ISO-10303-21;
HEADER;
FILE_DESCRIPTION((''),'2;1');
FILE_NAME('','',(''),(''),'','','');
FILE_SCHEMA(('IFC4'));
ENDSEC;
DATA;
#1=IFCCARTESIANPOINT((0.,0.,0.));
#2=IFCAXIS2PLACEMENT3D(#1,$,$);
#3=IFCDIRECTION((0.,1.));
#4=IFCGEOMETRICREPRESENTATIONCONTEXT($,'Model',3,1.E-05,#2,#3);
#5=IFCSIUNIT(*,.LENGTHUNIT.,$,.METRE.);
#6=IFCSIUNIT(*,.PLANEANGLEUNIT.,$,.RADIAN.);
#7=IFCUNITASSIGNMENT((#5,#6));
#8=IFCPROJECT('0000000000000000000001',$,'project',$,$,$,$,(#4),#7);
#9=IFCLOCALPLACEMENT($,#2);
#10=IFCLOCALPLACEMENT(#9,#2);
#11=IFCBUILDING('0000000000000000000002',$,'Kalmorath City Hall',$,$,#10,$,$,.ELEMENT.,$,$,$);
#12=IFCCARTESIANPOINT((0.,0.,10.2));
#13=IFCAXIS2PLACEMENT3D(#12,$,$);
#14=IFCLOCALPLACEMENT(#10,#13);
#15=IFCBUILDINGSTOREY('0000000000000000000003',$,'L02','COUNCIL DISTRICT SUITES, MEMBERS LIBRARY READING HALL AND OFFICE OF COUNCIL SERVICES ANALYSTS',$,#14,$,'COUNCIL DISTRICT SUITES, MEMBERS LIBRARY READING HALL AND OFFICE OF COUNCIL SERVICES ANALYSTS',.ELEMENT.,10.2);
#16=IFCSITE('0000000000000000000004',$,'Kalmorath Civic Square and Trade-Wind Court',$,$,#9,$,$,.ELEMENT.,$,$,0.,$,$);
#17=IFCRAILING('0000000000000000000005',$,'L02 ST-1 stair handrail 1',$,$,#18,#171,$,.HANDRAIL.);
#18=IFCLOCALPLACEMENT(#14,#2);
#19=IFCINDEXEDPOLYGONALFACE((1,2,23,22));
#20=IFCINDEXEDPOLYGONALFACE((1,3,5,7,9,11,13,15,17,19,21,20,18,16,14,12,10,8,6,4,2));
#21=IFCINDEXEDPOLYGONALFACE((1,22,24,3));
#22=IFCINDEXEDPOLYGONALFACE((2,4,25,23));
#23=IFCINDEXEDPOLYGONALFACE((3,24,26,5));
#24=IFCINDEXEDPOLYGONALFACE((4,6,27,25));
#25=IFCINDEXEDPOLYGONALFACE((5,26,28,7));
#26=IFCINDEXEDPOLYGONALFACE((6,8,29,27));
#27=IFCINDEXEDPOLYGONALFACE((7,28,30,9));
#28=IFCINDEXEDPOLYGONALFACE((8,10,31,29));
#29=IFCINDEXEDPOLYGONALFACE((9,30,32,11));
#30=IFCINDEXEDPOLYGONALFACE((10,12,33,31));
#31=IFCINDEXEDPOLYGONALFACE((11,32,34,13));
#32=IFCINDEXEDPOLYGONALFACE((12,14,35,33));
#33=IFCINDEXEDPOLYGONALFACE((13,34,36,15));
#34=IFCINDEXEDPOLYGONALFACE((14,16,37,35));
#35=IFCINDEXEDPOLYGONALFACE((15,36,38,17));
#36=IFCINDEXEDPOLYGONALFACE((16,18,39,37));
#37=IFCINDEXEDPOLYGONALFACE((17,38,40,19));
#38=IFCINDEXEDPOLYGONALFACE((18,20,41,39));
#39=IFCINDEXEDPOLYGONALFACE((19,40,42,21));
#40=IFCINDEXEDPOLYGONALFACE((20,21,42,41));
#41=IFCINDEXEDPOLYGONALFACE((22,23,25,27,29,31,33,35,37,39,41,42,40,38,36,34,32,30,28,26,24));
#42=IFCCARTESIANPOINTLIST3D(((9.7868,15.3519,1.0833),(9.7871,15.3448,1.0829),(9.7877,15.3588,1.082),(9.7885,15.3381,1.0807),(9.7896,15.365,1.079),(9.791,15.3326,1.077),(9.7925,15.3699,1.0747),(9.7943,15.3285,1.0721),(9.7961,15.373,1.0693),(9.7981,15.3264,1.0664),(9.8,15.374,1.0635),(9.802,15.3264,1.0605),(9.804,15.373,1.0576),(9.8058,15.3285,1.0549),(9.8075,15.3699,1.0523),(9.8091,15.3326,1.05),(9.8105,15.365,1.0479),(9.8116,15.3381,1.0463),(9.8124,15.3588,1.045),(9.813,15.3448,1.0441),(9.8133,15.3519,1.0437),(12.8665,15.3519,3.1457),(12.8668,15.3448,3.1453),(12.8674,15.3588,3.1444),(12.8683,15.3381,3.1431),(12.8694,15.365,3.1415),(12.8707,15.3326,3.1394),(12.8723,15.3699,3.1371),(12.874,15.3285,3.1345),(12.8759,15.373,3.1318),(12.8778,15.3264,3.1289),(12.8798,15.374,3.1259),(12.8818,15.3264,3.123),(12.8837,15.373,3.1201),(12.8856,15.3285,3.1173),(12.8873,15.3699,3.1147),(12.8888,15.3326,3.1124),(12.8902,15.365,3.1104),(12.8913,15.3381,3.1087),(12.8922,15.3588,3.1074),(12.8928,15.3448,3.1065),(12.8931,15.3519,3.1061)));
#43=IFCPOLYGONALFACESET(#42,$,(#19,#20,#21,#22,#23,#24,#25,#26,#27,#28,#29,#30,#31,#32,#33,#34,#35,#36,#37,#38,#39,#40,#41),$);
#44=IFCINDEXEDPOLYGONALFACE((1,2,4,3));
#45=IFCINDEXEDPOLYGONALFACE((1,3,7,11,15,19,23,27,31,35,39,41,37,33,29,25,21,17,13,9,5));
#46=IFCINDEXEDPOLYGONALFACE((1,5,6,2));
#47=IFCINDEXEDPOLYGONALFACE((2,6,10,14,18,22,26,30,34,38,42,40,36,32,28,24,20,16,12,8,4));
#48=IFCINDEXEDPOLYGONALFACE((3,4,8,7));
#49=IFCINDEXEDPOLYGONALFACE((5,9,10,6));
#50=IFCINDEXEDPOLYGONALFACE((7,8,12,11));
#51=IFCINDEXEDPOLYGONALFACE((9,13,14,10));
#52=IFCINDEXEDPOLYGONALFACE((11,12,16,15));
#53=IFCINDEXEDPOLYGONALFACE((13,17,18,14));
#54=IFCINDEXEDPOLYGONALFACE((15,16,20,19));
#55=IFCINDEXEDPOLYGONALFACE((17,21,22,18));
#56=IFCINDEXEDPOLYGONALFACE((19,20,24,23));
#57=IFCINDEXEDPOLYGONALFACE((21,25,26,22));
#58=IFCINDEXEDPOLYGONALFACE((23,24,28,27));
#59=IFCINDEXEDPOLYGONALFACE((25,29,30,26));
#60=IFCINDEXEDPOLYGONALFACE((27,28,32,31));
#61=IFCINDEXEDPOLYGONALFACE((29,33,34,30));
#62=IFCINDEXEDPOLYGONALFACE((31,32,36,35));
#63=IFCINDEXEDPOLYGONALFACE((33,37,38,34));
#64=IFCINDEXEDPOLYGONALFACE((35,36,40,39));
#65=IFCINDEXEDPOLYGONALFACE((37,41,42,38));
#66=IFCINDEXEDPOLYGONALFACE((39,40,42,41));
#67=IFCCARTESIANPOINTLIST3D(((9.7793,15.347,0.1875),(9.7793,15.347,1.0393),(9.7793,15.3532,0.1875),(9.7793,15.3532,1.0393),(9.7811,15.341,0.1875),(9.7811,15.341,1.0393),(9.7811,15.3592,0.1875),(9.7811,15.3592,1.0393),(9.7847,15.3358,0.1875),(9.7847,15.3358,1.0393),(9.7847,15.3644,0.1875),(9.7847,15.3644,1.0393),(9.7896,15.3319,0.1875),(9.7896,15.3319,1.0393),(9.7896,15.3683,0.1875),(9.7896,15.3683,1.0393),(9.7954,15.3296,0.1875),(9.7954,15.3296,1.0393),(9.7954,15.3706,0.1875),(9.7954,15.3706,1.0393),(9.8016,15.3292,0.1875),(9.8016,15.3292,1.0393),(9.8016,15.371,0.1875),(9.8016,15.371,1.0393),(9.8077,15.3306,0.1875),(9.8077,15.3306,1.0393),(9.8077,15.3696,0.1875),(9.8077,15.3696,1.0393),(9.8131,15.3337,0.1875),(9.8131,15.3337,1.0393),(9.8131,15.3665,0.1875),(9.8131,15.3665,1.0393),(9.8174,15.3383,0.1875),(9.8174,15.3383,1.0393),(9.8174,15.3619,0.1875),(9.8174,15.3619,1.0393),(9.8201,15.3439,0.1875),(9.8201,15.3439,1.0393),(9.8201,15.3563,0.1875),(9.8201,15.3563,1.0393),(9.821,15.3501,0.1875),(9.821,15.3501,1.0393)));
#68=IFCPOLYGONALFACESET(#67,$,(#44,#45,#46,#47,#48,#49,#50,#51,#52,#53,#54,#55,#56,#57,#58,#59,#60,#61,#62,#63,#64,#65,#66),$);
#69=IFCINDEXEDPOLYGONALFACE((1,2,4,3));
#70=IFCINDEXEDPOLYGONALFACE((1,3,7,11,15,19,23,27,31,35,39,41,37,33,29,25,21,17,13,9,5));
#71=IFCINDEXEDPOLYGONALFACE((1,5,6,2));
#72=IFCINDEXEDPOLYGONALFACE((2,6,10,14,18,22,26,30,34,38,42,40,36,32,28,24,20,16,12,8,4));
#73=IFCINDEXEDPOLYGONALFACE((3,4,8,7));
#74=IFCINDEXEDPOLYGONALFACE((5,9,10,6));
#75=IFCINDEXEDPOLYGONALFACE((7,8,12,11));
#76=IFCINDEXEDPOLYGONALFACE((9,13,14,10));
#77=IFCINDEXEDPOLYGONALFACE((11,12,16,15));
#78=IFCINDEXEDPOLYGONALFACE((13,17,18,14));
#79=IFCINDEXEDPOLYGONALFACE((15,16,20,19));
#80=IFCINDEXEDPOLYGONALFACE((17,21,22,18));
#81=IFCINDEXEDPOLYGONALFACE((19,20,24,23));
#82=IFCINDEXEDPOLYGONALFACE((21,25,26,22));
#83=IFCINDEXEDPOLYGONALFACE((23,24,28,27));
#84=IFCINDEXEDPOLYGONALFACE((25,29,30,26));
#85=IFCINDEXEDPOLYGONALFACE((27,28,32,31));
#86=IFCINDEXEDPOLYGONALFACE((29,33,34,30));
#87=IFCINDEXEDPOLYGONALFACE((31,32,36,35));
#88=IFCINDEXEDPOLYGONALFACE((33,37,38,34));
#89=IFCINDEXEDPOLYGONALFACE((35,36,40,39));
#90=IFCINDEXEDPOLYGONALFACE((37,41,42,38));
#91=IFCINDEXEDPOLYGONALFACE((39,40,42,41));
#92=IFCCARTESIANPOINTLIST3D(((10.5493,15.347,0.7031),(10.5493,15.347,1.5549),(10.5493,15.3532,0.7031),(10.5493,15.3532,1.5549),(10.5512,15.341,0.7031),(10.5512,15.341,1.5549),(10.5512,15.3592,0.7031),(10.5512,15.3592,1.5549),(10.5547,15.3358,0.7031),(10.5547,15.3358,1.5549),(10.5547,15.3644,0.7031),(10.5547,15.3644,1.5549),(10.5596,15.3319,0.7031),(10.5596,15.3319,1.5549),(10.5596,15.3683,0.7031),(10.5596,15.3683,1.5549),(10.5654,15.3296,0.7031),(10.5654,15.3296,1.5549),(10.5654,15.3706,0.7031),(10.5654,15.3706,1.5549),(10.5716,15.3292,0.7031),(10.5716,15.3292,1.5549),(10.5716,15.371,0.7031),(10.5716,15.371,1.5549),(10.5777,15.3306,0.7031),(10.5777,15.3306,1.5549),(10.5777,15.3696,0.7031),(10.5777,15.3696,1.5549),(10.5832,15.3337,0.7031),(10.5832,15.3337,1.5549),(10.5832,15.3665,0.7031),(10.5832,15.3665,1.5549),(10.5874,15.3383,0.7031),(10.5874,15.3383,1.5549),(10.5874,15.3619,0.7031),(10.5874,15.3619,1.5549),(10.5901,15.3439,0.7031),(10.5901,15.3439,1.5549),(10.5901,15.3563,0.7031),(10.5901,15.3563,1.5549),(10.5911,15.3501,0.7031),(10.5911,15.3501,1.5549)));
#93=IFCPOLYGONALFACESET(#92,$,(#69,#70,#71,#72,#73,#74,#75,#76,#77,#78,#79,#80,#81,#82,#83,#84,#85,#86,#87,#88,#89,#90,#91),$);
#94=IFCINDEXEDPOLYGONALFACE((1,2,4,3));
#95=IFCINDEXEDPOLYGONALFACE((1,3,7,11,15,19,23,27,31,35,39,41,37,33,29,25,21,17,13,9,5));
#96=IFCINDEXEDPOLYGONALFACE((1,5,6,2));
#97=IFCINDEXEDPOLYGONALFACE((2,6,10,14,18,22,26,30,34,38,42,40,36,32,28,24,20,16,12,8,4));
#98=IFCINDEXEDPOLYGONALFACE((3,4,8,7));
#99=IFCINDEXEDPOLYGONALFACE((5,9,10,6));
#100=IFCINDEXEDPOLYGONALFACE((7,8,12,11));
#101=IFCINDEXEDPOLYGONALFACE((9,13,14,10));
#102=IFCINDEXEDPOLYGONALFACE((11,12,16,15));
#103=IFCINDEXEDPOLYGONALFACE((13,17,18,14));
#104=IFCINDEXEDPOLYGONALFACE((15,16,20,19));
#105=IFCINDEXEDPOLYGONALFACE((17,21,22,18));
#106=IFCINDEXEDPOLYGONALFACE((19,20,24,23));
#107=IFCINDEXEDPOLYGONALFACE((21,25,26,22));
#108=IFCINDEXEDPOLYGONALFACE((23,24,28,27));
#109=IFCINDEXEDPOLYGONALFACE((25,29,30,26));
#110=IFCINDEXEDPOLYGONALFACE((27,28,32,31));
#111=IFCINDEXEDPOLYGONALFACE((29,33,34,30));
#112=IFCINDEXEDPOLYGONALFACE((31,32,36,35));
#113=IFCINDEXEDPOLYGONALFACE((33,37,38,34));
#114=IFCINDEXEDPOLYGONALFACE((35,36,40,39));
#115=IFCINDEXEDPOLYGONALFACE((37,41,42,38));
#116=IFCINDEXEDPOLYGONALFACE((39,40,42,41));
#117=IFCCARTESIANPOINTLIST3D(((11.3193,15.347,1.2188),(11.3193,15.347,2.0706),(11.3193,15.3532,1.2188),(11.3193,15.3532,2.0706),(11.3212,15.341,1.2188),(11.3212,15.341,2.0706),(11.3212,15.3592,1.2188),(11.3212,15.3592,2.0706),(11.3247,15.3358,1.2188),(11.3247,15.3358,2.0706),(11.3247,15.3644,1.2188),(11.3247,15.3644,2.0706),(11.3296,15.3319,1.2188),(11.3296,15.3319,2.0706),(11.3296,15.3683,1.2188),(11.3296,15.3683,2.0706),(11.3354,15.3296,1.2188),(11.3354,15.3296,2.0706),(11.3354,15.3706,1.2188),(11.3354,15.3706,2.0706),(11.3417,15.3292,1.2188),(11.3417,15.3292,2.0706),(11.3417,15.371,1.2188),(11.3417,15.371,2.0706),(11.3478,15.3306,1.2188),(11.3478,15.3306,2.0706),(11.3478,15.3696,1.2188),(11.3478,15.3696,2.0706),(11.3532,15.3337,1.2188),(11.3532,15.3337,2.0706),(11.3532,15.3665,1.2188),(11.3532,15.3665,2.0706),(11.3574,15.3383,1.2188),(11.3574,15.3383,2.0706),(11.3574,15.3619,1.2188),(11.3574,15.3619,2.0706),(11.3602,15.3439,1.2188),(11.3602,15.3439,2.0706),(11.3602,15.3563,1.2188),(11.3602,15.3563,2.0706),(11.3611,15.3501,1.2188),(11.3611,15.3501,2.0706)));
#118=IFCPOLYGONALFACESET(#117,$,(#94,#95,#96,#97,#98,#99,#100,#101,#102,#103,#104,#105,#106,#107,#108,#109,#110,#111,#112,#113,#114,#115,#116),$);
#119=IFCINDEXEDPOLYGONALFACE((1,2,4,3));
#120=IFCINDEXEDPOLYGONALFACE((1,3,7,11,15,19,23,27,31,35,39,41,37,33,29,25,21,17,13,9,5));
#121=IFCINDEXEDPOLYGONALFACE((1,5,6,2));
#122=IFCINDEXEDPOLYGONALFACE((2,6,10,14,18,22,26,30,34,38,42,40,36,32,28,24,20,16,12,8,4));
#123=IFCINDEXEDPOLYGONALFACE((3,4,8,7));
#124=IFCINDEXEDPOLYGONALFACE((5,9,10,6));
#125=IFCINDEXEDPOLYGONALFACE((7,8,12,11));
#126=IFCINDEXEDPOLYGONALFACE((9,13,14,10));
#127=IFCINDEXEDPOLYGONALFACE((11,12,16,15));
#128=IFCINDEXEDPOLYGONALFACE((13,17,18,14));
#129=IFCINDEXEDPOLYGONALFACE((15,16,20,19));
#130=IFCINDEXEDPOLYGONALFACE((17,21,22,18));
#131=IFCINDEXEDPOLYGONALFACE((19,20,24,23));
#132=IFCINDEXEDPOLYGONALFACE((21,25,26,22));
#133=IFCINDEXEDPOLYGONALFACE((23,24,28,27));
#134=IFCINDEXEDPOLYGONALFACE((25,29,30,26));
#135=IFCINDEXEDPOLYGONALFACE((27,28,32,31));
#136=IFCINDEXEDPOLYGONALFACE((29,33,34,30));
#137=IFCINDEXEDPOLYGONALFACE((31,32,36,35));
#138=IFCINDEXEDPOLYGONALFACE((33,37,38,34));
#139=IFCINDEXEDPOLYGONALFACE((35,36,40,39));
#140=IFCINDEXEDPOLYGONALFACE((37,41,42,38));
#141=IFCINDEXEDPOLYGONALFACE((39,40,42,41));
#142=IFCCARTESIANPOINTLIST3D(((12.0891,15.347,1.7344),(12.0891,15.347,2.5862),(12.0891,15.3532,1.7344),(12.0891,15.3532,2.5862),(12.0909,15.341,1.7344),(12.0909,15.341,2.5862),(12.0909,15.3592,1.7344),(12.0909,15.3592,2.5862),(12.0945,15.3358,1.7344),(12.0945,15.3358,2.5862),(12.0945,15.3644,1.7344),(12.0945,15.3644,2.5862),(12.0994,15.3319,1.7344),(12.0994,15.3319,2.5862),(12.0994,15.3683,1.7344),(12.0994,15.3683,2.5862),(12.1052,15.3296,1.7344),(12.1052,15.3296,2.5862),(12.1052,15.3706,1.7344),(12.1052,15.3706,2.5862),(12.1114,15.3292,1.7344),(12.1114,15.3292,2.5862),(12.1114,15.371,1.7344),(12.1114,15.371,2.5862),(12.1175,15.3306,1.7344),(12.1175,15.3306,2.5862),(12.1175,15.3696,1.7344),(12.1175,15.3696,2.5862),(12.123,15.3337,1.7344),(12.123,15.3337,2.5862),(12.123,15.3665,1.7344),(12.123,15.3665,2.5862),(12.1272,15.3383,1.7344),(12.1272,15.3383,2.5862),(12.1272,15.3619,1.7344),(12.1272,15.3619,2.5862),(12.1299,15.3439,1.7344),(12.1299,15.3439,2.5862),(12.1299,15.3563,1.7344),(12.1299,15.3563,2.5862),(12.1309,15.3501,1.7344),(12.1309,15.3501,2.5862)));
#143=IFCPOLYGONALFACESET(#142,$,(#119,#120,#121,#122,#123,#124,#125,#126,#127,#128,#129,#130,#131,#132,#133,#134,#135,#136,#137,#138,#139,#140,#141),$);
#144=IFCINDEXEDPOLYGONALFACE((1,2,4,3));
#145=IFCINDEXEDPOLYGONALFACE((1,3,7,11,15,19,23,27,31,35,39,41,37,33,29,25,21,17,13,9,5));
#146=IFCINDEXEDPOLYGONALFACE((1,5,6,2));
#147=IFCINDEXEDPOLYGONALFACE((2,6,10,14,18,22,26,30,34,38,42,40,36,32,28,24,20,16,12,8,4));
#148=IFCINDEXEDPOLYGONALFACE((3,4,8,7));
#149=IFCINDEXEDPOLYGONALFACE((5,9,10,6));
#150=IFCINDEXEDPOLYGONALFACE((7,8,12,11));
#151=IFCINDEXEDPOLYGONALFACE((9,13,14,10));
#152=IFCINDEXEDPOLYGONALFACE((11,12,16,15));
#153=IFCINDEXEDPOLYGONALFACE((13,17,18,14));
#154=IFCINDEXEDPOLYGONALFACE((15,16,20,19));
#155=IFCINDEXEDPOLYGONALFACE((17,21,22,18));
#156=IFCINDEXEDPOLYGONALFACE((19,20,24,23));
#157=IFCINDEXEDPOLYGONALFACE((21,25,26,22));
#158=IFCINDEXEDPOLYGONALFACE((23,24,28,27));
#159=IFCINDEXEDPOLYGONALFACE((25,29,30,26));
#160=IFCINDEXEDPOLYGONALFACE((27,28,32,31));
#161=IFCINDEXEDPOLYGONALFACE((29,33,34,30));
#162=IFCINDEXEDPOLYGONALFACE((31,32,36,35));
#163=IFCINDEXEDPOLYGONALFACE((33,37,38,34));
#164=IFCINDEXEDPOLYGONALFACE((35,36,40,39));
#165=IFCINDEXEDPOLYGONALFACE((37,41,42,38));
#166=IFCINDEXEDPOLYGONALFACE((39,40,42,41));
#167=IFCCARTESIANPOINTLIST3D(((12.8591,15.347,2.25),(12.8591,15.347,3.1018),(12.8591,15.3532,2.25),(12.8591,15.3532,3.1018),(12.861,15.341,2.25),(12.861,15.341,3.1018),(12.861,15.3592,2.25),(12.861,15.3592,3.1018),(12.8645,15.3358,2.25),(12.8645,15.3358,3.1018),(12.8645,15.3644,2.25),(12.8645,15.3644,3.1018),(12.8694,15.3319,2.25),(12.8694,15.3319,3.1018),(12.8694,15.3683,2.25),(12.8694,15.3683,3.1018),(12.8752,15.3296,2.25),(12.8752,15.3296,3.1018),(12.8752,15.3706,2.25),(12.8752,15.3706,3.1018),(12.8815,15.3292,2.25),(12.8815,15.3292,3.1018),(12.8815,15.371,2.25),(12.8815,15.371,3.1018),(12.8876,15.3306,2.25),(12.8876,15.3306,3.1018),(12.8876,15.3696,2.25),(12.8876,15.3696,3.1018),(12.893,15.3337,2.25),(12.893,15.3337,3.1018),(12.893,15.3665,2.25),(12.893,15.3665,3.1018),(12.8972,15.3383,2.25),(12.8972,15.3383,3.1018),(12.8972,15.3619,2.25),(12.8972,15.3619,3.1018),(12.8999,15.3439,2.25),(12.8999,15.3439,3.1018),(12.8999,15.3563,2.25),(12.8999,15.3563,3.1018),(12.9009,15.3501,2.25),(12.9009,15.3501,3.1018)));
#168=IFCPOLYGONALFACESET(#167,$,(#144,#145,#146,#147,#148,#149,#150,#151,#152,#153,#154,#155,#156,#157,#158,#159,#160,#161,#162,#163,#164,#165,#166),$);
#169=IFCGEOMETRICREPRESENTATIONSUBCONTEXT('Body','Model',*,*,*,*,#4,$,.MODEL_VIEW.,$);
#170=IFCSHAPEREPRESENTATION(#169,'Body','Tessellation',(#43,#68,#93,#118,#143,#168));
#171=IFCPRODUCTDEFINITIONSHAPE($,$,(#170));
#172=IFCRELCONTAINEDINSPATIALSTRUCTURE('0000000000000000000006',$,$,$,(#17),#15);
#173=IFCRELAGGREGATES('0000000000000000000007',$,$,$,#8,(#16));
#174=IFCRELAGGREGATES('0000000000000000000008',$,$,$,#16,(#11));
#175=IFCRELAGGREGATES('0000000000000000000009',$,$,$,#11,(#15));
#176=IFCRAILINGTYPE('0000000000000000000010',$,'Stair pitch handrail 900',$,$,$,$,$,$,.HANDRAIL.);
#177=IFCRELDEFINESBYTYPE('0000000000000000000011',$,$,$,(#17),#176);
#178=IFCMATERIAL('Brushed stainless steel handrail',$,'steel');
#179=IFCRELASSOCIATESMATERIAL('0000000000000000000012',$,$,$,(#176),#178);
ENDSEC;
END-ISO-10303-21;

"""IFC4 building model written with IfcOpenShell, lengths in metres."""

from ifc_helpers import new_model, si_unit, direction, frame, origin, origin_2d, place, context, subcontext, project, spatial, circle, extrude, material, type_object, element, save


model = new_model("IFC4")

# Units and contexts
model_context = context("Model", 3, precision=1e-05, world=origin(), true_north=direction((0.0, 1.0)))
body_context = subcontext(model_context, "Body", "Model", "MODEL_VIEW")
ifc_project = project(units=[si_unit("LENGTHUNIT", "METRE"), si_unit("PLANEANGLEUNIT", "RADIAN")], contexts=[model_context])

# Site, building, storey
site_placement = place(None, origin())
site = spatial("IfcSite", under=ifc_project, at=site_placement, Name="Kalmorath Civic Square and Trade-Wind Court", CompositionType="ELEMENT", RefElevation=0.0)
building_placement = place(site_placement, origin())
building = spatial("IfcBuilding", under=site, at=building_placement, Name="Kalmorath City Hall", CompositionType="ELEMENT")
storey_placement = place(building_placement, frame((0.0, 0.0, 10.2)))
storey = spatial("IfcBuildingStorey", under=building, at=storey_placement, Name="L02", Description="COUNCIL DISTRICT SUITES, MEMBERS LIBRARY READING HALL AND OFFICE OF COUNCIL SERVICES ANALYSTS", LongName="COUNCIL DISTRICT SUITES, MEMBERS LIBRARY READING HALL AND OFFICE OF COUNCIL SERVICES ANALYSTS", CompositionType="ELEMENT", Elevation=10.2)

# Railing
ifc_material_1 = material(Name="Brushed stainless steel handrail", Category="steel")
railing_type_1 = type_object("IfcRailingType", Name="Stair pitch handrail 900", PredefinedType="HANDRAIL", material=ifc_material_1)
railing_1_placement = place(storey_placement, frame((9.8, 15.3501, 0.1875)))
element("IfcRailing", 1, at=railing_1_placement, inside=storey, type_object=railing_type_1, Name="L02 ST-1 stair handrail 1", PredefinedType="HANDRAIL", context=body_context, shape_type="SweptSolid", body=[
    extrude(circle(Radius=0.0239, at=origin_2d()), frame((0.0, 0.0, 0.876), z_axis=(0.830893, 0.0, 0.556432), x_axis=(0.0, 1.0, 0.0)), (0.0, 0.0, 1.0), 3.7065),
    extrude(circle(Radius=0.021, at=origin_2d()), origin(), (0.0, 0.0, 1.0), 0.8518),
    extrude(circle(Radius=0.021, at=origin_2d()), frame((0.77, 0.0, 0.5156)), (0.0, 0.0, 1.0), 0.8518),
    extrude(circle(Radius=0.021, at=origin_2d()), frame((1.54, 0.0, 1.0312)), (0.0, 0.0, 1.0), 0.8518),
    extrude(circle(Radius=0.021, at=origin_2d()), frame((2.3098, 0.0, 1.5469)), (0.0, 0.0, 1.0), 0.8518),
    extrude(circle(Radius=0.021, at=origin_2d()), frame((3.0798, 0.0, 2.0625)), (0.0, 0.0, 1.0), 0.8518),
])

save(model, "model.ifc")
